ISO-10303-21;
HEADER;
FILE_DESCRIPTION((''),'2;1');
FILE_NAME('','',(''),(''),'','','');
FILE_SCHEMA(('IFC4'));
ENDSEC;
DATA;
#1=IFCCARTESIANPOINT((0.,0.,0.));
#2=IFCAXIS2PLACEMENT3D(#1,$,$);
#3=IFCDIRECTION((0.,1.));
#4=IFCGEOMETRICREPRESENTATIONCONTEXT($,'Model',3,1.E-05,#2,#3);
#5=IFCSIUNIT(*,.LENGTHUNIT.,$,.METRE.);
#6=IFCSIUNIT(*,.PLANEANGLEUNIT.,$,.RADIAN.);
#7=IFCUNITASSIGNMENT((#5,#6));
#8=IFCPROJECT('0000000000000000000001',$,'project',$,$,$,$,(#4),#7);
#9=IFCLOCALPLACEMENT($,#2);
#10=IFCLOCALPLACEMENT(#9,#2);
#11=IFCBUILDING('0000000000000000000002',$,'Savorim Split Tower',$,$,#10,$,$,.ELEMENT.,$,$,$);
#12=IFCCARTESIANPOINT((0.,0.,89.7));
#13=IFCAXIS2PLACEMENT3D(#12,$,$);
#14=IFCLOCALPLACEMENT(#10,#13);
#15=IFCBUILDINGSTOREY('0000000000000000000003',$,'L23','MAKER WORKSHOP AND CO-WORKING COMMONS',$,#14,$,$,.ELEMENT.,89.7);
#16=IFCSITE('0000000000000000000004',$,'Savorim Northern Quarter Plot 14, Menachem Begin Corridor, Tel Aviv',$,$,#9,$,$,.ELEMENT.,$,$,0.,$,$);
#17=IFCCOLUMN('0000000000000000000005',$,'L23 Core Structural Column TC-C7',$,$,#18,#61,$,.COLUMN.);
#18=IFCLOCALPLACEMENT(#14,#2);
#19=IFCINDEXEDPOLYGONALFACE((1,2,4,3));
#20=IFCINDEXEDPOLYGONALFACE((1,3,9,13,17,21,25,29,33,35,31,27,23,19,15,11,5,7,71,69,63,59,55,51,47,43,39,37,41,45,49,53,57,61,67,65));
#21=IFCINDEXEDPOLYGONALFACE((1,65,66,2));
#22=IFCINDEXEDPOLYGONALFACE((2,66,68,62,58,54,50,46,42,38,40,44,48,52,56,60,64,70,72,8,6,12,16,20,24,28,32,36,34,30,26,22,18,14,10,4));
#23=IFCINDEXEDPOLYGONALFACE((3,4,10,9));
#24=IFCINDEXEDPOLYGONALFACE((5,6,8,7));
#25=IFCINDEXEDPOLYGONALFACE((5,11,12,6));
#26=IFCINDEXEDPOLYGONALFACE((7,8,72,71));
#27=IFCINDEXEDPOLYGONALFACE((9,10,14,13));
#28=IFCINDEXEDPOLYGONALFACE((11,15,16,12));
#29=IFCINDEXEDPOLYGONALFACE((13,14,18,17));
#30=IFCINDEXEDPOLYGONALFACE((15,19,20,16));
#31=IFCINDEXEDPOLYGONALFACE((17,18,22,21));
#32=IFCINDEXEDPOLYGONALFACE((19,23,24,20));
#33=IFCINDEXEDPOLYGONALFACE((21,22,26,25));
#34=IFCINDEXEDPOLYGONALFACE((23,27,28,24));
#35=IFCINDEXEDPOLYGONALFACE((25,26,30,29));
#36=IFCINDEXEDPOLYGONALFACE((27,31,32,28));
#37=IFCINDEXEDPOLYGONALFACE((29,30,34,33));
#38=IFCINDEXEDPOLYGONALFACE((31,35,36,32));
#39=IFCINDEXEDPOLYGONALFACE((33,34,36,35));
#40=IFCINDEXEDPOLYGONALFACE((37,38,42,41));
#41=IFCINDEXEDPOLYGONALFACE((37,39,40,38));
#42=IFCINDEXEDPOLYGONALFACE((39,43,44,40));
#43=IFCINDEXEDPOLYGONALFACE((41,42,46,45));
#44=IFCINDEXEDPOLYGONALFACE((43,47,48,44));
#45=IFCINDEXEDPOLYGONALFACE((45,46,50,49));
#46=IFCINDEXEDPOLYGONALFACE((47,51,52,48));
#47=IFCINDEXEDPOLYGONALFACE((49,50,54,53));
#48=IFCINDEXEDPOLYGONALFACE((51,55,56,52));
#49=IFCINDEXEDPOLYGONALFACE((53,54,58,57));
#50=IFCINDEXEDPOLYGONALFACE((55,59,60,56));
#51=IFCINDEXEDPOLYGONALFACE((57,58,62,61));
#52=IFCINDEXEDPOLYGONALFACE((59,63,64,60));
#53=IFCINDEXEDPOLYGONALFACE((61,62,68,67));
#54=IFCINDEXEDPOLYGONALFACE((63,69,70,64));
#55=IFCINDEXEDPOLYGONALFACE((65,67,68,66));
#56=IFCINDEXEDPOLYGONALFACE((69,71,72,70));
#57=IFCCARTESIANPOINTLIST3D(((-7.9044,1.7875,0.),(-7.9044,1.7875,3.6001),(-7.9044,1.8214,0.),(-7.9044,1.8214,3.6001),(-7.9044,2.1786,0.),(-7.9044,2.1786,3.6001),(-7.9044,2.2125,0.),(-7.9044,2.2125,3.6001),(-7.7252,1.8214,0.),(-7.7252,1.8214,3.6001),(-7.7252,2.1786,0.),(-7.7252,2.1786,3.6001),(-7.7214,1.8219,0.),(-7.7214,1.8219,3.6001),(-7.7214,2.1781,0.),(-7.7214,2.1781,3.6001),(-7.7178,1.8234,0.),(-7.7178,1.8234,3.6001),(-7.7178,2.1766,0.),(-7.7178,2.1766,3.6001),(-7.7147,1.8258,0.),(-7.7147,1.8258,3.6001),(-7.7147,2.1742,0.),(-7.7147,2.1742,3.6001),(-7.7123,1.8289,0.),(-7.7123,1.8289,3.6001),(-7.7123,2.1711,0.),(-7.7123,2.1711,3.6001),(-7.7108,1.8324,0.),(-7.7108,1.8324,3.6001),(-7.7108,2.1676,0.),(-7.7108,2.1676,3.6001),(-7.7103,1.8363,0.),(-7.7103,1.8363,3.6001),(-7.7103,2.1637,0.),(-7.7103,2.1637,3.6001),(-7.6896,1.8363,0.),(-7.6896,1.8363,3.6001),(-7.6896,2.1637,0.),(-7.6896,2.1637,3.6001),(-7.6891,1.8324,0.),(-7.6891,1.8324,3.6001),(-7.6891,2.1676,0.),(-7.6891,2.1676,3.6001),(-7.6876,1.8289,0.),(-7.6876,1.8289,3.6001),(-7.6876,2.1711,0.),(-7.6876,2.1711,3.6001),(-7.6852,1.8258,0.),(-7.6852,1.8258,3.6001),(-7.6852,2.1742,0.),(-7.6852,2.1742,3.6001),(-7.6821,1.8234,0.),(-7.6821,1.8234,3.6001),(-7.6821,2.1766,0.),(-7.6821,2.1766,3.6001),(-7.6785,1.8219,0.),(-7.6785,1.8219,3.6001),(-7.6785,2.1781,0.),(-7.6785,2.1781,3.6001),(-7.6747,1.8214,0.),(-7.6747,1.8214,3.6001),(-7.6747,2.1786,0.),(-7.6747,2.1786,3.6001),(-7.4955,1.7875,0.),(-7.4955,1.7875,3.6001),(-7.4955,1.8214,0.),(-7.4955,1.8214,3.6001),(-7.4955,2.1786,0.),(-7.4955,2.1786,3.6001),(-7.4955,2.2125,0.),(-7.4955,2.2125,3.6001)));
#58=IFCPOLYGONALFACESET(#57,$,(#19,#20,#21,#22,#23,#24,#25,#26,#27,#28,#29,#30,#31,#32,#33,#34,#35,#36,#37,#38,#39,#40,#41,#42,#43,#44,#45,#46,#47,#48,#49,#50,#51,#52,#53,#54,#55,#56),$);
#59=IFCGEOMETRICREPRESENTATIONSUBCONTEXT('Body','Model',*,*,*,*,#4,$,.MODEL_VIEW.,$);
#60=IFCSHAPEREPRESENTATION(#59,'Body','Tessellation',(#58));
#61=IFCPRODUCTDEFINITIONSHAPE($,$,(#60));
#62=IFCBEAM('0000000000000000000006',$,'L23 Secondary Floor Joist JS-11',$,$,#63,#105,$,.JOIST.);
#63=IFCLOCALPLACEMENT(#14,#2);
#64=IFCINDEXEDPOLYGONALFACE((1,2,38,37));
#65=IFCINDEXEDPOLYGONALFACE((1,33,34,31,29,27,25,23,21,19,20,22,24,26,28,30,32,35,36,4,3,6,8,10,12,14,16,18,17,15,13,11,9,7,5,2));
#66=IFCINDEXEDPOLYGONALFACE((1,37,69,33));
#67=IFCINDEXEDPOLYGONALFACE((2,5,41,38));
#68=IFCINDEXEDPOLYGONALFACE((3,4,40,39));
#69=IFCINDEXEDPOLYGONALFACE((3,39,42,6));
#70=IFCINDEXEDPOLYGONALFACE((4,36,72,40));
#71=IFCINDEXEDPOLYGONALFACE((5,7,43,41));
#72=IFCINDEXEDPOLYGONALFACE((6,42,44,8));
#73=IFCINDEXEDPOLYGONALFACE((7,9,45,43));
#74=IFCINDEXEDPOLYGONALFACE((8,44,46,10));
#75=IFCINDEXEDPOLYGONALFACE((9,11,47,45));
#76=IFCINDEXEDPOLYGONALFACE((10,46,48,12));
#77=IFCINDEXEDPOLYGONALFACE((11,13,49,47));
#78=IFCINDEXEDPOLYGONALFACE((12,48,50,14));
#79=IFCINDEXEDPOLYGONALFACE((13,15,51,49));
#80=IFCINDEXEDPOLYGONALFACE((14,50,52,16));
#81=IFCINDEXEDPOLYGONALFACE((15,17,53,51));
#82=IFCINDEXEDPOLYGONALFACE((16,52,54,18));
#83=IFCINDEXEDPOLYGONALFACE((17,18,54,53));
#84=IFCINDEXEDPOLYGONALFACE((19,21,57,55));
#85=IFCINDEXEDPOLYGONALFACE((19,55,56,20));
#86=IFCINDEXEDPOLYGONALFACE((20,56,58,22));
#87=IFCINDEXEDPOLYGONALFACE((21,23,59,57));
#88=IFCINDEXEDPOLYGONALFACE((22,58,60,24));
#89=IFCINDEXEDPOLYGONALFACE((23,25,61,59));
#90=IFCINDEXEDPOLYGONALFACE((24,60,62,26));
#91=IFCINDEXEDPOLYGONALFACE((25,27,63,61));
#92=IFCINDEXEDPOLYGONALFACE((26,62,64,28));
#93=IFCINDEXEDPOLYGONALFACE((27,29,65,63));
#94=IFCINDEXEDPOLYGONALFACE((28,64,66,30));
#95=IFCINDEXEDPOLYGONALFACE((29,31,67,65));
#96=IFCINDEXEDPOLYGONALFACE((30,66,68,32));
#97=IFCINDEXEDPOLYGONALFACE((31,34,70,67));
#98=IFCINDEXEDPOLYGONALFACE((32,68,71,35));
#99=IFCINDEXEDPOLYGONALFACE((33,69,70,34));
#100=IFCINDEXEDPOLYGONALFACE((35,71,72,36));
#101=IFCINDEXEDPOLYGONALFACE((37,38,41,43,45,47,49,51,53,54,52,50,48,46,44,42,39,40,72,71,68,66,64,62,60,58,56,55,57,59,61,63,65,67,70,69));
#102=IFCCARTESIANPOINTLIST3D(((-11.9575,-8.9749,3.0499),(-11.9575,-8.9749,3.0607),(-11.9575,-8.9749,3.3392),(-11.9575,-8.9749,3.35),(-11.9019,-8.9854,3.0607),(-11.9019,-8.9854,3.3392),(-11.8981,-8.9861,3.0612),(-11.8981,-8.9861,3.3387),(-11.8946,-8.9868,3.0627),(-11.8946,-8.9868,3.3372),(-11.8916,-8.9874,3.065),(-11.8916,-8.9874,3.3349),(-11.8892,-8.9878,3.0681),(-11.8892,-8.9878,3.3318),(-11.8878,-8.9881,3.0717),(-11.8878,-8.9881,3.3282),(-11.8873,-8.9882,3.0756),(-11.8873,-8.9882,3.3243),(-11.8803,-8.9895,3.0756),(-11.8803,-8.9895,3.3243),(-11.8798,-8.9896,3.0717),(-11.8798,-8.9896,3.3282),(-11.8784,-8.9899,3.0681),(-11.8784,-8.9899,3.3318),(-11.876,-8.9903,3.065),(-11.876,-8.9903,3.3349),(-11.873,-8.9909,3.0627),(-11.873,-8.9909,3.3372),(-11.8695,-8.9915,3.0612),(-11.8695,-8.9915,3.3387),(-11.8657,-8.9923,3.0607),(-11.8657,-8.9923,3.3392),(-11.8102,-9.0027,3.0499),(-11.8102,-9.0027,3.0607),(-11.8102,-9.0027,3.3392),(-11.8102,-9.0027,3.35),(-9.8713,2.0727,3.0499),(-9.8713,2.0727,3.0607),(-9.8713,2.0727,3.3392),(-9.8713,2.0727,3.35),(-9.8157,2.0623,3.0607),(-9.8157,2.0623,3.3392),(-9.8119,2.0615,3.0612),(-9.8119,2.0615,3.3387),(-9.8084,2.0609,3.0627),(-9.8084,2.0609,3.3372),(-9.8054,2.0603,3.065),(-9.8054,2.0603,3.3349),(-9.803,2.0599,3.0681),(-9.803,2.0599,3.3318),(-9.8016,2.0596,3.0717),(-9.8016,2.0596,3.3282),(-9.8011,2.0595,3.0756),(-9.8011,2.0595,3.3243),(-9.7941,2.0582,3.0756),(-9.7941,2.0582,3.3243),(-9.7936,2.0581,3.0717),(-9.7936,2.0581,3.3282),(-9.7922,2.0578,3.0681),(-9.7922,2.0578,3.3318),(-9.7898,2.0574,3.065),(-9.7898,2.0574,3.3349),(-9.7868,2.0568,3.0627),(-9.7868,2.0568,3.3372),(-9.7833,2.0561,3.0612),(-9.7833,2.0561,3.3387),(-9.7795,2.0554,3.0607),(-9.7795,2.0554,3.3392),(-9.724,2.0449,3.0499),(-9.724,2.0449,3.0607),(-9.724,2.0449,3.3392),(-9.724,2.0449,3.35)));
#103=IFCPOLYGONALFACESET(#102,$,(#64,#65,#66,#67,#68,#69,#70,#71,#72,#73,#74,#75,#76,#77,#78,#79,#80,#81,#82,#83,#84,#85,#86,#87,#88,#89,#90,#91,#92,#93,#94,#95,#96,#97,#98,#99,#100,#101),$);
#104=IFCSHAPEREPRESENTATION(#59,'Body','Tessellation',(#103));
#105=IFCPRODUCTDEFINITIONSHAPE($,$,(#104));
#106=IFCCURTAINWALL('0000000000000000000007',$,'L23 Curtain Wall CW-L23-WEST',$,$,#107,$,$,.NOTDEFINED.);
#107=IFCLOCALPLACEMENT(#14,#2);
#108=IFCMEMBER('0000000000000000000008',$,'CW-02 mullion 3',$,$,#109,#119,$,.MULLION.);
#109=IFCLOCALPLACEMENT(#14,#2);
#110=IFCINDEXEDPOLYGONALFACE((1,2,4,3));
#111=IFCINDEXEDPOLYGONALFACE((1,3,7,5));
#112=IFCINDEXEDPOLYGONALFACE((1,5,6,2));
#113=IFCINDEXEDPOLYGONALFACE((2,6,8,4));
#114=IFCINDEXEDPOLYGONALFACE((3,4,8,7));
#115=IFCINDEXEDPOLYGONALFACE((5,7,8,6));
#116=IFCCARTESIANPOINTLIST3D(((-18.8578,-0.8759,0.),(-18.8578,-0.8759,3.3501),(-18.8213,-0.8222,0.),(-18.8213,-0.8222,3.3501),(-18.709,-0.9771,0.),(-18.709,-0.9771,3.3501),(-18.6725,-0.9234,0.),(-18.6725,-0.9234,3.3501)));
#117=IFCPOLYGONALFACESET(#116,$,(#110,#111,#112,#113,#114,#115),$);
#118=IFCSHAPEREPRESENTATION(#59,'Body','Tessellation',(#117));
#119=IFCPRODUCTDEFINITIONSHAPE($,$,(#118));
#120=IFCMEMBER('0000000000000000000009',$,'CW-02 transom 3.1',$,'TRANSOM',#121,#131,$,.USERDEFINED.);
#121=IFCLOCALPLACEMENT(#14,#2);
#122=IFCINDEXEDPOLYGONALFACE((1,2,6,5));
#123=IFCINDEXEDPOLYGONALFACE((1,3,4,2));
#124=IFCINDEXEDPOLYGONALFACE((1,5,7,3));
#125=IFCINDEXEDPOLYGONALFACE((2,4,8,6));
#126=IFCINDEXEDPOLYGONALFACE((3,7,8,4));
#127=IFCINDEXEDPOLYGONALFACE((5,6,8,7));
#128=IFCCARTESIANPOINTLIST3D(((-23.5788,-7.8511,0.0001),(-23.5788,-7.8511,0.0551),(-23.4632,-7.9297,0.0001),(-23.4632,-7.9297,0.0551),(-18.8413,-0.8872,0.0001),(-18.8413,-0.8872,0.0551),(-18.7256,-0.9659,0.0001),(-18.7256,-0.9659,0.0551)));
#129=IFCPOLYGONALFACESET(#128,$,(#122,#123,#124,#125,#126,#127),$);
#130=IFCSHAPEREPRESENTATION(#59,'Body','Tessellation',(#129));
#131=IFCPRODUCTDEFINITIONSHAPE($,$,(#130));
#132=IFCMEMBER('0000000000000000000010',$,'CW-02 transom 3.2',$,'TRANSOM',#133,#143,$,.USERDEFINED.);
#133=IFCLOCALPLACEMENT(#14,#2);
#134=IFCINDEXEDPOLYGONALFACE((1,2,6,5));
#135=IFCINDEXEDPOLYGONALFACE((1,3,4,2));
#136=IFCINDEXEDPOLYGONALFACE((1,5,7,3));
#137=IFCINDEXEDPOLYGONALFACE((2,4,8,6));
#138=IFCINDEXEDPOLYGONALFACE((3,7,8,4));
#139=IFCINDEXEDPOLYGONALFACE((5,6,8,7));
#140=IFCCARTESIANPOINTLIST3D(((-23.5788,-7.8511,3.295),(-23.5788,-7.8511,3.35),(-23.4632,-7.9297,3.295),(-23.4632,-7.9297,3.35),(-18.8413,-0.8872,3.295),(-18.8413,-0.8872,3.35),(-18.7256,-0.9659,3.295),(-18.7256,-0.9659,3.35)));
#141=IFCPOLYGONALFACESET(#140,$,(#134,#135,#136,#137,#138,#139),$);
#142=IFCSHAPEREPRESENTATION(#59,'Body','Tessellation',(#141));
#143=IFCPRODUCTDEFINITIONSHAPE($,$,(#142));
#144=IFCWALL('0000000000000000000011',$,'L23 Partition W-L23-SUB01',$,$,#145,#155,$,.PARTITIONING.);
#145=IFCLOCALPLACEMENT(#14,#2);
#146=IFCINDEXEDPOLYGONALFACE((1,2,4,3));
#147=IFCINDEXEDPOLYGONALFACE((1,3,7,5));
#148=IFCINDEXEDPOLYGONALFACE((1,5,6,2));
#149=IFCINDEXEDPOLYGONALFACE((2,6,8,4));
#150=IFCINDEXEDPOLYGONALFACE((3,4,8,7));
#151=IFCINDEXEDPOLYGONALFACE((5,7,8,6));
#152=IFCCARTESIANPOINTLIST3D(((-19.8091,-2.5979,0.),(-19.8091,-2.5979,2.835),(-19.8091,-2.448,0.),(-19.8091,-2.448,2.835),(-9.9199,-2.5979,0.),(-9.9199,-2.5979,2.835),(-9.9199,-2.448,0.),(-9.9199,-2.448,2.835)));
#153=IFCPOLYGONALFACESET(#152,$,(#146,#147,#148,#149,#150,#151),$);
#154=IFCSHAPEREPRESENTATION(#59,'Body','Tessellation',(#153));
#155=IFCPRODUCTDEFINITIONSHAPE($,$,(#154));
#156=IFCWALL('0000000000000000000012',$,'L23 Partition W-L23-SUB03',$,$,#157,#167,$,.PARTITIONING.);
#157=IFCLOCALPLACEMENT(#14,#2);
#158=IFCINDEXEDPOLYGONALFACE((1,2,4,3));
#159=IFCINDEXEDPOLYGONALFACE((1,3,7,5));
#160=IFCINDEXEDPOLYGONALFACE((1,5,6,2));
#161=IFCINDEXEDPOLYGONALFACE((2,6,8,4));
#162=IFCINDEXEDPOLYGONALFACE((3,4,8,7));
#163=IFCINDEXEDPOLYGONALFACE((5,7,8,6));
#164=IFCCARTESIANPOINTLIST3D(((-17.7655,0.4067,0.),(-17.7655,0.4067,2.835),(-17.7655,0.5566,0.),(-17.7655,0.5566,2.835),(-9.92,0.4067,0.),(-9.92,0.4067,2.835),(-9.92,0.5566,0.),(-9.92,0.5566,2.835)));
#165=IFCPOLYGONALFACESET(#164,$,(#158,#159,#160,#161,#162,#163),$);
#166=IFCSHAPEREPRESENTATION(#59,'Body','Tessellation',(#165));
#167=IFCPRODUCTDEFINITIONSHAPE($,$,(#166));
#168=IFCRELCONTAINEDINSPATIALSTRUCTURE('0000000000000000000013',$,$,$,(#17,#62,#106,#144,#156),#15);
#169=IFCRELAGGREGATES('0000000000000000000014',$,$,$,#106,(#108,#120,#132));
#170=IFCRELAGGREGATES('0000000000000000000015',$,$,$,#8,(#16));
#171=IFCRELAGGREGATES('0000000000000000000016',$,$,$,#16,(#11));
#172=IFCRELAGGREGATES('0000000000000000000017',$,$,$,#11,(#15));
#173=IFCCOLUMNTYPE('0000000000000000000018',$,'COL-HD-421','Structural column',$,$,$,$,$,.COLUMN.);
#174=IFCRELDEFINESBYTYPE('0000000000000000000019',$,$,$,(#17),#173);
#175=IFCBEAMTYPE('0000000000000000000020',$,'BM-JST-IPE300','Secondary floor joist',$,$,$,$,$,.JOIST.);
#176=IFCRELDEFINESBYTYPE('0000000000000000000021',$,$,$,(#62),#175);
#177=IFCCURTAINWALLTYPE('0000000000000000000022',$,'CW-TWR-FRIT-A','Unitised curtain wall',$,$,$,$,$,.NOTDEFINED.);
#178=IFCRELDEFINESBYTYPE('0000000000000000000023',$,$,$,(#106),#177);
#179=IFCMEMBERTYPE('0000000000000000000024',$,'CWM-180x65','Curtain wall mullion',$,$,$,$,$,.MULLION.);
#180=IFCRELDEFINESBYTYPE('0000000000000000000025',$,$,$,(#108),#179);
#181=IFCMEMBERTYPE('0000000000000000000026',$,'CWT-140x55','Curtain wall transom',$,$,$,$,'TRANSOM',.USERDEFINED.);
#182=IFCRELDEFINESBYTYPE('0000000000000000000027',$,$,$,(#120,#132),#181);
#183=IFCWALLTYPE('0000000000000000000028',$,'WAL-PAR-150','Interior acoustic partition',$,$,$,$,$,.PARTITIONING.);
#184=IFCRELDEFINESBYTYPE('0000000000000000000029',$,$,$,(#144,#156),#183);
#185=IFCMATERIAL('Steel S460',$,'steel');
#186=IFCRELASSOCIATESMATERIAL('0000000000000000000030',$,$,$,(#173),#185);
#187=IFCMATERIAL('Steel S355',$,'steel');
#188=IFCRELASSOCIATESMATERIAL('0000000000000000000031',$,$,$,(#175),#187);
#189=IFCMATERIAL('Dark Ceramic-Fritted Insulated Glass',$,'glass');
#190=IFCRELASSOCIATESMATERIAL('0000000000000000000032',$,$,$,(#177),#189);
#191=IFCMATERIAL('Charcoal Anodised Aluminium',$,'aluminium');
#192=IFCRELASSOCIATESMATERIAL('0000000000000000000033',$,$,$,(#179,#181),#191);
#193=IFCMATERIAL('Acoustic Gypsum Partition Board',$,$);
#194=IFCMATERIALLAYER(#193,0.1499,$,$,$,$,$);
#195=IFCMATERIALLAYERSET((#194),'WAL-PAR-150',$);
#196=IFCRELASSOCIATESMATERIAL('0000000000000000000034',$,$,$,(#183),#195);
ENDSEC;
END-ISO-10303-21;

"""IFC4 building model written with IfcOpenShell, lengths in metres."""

from ifc_helpers import new_model, si_unit, direction, frame, frame_2d, origin, origin_2d, place, context, subcontext, project, spatial, rectangle, i_section, extrude, material, layer, layer_set, material_profile, profile_set, type_object, element, aggregate, save


model = new_model("IFC4")

# Units and contexts
model_context = context("Model", 3, precision=1e-05, world=origin(), true_north=direction((0.0, 1.0)))
body_context = subcontext(model_context, "Body", "Model", "MODEL_VIEW")
ifc_project = project(units=[si_unit("LENGTHUNIT", "METRE"), si_unit("PLANEANGLEUNIT", "RADIAN")], contexts=[model_context])

# Site, building, storey
site_placement = place(None, origin())
site = spatial("IfcSite", under=ifc_project, at=site_placement, Name="Savorim Northern Quarter Plot 14, Menachem Begin Corridor, Tel Aviv", CompositionType="ELEMENT", RefElevation=0.0)
building_placement = place(site_placement, origin())
building = spatial("IfcBuilding", under=site, at=building_placement, Name="Savorim Split Tower", CompositionType="ELEMENT")
storey_placement = place(building_placement, frame((0.0, 0.0, 89.7)))
storey = spatial("IfcBuildingStorey", under=building, at=storey_placement, Name="L23", Description="MAKER WORKSHOP AND CO-WORKING COMMONS", CompositionType="ELEMENT", Elevation=89.7)

# Column
ifc_material_1 = material(Name="Steel S460", Category="steel")
ifc_material_profile_1 = material_profile(ifc_material_1, i_section(OverallWidth=0.4089, OverallDepth=0.425, WebThickness=0.0208, FlangeThickness=0.0339, FilletRadius=0.0149, at=origin_2d()), Name="HD 400x421")
ifc_profile_set_1 = profile_set([ifc_material_profile_1], Name="Steel S460")
column_type = type_object("IfcColumnType", Name="COL-HD-421", Description="Structural column", PredefinedType="COLUMN", material=ifc_profile_set_1)
column_placement = place(storey_placement, frame((-7.7, 2.0, 0.0), z_axis=(0.0, 0.0, 1.0), x_axis=(1.0, 0.0, 0.0)))
element("IfcColumn", 1, at=column_placement, inside=storey, type_object=column_type, Name="L23 Core Structural Column TC-C7", PredefinedType="COLUMN", context=body_context, shape_type="SweptSolid", body=[
    extrude(i_section(OverallWidth=0.4089, OverallDepth=0.425, WebThickness=0.0208, FlangeThickness=0.0339, FilletRadius=0.0149, at=origin_2d()), origin(), (0.0, 0.0, 1.0), 3.6001),
])

# Beam
ifc_material_2 = material(Name="Steel S355", Category="steel")
ifc_material_profile_2 = material_profile(ifc_material_2, i_section(OverallWidth=0.1499, OverallDepth=0.3, WebThickness=0.0071, FlangeThickness=0.0107, FilletRadius=0.0149, at=origin_2d()), Name="IPE 300")
ifc_profile_set_2 = profile_set([ifc_material_profile_2], Name="Steel S355")
beam_type = type_object("IfcBeamType", Name="BM-JST-IPE300", Description="Secondary floor joist", PredefinedType="JOIST", material=ifc_profile_set_2)
beam_placement = place(storey_placement, frame((-9.7976, 2.0588, 3.2), z_axis=(-0.185556, -0.982634, 0.0), x_axis=(0.982634, -0.185556, 0.0)))
element("IfcBeam", 2, at=beam_placement, inside=storey, type_object=beam_type, Name="L23 Secondary Floor Joist JS-11", PredefinedType="JOIST", context=body_context, shape_type="SweptSolid", body=[
    extrude(i_section(OverallWidth=0.1499, OverallDepth=0.3, WebThickness=0.0071, FlangeThickness=0.0107, FilletRadius=0.0149, at=origin_2d()), origin(), (0.0, 0.0, 1.0), 11.2429),
])

# Curtain wall, members
ifc_material_3 = material(Name="Dark Ceramic-Fritted Insulated Glass", Category="glass")
curtain_wall_type = type_object("IfcCurtainWallType", Name="CW-TWR-FRIT-A", Description="Unitised curtain wall", PredefinedType="NOTDEFINED", material=ifc_material_3)
curtain_wall_placement = place(storey_placement, origin())
curtain_wall = element("IfcCurtainWall", 3, at=curtain_wall_placement, inside=storey, type_object=curtain_wall_type, Name="L23 Curtain Wall CW-L23-WEST", PredefinedType="NOTDEFINED")
ifc_material_4 = material(Name="Charcoal Anodised Aluminium", Category="aluminium")
ifc_material_profile_3 = material_profile(ifc_material_4, rectangle(XDim=0.1799, YDim=0.0649, at=origin_2d()), Name="ALU-M 180x65")
ifc_profile_set_3 = profile_set([ifc_material_profile_3], Name="Charcoal Anodised Aluminium")
member_type_1 = type_object("IfcMemberType", Name="CWM-180x65", Description="Curtain wall mullion", PredefinedType="MULLION", material=ifc_profile_set_3)
member_1_placement = place(storey_placement, frame((-18.7651, -0.8997, 0.0), z_axis=(0.0, 0.0, 1.0), x_axis=(0.826819, -0.562468, 0.0)))
member_1 = element("IfcMember", 4, at=member_1_placement, type_object=member_type_1, Name="CW-02 mullion 3", PredefinedType="MULLION", context=body_context, shape_type="SweptSolid", body=[
    extrude(rectangle(XDim=0.1799, YDim=0.0649, at=origin_2d()), origin(), (0.0, 0.0, 1.0), 3.3501),
])
ifc_material_profile_4 = material_profile(ifc_material_4, rectangle(XDim=0.1399, YDim=0.0549, at=origin_2d()), Name="ALU-T 140x55")
ifc_profile_set_4 = profile_set([ifc_material_profile_4], Name="Charcoal Anodised Aluminium")
member_type_2 = type_object("IfcMemberType", Name="CWT-140x55", Description="Curtain wall transom", ElementType="TRANSOM", PredefinedType="USERDEFINED", material=ifc_profile_set_4)
member_2_placement = place(storey_placement, frame((-18.7834, -0.9265, 0.0276), z_axis=(-0.562482, -0.826809, 0.0), x_axis=(0.826809, -0.562482, 0.0)))
member_2 = element("IfcMember", 5, at=member_2_placement, type_object=member_type_2, Name="CW-02 transom 3.1", ObjectType="TRANSOM", PredefinedType="USERDEFINED", context=body_context, shape_type="SweptSolid", body=[
    extrude(rectangle(XDim=0.1399, YDim=0.0549, at=origin_2d()), origin(), (0.0, 0.0, 1.0), 8.4226),
])
member_3_placement = place(storey_placement, frame((-18.7834, -0.9265, 3.3225), z_axis=(-0.562482, -0.826809, 0.0), x_axis=(0.826809, -0.562482, 0.0)))
member_3 = element("IfcMember", 6, at=member_3_placement, type_object=member_type_2, Name="CW-02 transom 3.2", ObjectType="TRANSOM", PredefinedType="USERDEFINED", context=body_context, shape_type="SweptSolid", body=[
    extrude(rectangle(XDim=0.1399, YDim=0.0549, at=origin_2d()), origin(), (0.0, 0.0, 1.0), 8.4226),
])
aggregate(curtain_wall, [member_1, member_2, member_3])

# Walls
ifc_material_5 = material(Name="Acoustic Gypsum Partition Board")
ifc_layer_1 = layer(ifc_material_5, 0.1499)
ifc_layer_set_1 = layer_set([ifc_layer_1], Name="WAL-PAR-150")
wall_type_1 = type_object("IfcWallType", Name="WAL-PAR-150", Description="Interior acoustic partition", PredefinedType="PARTITIONING", material=ifc_layer_set_1)
wall_1_placement = place(storey_placement, frame((-9.9199, -2.5229, 0.0), z_axis=(0.0, 0.0, 1.0), x_axis=(-1.0, 0.0, 0.0)))
element("IfcWall", 7, at=wall_1_placement, inside=storey, type_object=wall_type_1, Name="L23 Partition W-L23-SUB01", PredefinedType="PARTITIONING", context=body_context, shape_type="SweptSolid", body=[
    extrude(rectangle(XDim=9.8892, YDim=0.1499, at=frame_2d((4.9446, 0.0))), origin(), (0.0, 0.0, 1.0), 2.835),
])
wall_2_placement = place(storey_placement, frame((-9.9199, 0.4817, 0.0), z_axis=(0.0, 0.0, 1.0), x_axis=(-1.0, 0.0, 0.0)))
element("IfcWall", 8, at=wall_2_placement, inside=storey, type_object=wall_type_1, Name="L23 Partition W-L23-SUB03", PredefinedType="PARTITIONING", context=body_context, shape_type="SweptSolid", body=[
    extrude(rectangle(XDim=7.8455, YDim=0.1499, at=frame_2d((3.9229, 0.0))), origin(), (0.0, 0.0, 1.0), 2.835),
])

save(model, "model.ifc")
